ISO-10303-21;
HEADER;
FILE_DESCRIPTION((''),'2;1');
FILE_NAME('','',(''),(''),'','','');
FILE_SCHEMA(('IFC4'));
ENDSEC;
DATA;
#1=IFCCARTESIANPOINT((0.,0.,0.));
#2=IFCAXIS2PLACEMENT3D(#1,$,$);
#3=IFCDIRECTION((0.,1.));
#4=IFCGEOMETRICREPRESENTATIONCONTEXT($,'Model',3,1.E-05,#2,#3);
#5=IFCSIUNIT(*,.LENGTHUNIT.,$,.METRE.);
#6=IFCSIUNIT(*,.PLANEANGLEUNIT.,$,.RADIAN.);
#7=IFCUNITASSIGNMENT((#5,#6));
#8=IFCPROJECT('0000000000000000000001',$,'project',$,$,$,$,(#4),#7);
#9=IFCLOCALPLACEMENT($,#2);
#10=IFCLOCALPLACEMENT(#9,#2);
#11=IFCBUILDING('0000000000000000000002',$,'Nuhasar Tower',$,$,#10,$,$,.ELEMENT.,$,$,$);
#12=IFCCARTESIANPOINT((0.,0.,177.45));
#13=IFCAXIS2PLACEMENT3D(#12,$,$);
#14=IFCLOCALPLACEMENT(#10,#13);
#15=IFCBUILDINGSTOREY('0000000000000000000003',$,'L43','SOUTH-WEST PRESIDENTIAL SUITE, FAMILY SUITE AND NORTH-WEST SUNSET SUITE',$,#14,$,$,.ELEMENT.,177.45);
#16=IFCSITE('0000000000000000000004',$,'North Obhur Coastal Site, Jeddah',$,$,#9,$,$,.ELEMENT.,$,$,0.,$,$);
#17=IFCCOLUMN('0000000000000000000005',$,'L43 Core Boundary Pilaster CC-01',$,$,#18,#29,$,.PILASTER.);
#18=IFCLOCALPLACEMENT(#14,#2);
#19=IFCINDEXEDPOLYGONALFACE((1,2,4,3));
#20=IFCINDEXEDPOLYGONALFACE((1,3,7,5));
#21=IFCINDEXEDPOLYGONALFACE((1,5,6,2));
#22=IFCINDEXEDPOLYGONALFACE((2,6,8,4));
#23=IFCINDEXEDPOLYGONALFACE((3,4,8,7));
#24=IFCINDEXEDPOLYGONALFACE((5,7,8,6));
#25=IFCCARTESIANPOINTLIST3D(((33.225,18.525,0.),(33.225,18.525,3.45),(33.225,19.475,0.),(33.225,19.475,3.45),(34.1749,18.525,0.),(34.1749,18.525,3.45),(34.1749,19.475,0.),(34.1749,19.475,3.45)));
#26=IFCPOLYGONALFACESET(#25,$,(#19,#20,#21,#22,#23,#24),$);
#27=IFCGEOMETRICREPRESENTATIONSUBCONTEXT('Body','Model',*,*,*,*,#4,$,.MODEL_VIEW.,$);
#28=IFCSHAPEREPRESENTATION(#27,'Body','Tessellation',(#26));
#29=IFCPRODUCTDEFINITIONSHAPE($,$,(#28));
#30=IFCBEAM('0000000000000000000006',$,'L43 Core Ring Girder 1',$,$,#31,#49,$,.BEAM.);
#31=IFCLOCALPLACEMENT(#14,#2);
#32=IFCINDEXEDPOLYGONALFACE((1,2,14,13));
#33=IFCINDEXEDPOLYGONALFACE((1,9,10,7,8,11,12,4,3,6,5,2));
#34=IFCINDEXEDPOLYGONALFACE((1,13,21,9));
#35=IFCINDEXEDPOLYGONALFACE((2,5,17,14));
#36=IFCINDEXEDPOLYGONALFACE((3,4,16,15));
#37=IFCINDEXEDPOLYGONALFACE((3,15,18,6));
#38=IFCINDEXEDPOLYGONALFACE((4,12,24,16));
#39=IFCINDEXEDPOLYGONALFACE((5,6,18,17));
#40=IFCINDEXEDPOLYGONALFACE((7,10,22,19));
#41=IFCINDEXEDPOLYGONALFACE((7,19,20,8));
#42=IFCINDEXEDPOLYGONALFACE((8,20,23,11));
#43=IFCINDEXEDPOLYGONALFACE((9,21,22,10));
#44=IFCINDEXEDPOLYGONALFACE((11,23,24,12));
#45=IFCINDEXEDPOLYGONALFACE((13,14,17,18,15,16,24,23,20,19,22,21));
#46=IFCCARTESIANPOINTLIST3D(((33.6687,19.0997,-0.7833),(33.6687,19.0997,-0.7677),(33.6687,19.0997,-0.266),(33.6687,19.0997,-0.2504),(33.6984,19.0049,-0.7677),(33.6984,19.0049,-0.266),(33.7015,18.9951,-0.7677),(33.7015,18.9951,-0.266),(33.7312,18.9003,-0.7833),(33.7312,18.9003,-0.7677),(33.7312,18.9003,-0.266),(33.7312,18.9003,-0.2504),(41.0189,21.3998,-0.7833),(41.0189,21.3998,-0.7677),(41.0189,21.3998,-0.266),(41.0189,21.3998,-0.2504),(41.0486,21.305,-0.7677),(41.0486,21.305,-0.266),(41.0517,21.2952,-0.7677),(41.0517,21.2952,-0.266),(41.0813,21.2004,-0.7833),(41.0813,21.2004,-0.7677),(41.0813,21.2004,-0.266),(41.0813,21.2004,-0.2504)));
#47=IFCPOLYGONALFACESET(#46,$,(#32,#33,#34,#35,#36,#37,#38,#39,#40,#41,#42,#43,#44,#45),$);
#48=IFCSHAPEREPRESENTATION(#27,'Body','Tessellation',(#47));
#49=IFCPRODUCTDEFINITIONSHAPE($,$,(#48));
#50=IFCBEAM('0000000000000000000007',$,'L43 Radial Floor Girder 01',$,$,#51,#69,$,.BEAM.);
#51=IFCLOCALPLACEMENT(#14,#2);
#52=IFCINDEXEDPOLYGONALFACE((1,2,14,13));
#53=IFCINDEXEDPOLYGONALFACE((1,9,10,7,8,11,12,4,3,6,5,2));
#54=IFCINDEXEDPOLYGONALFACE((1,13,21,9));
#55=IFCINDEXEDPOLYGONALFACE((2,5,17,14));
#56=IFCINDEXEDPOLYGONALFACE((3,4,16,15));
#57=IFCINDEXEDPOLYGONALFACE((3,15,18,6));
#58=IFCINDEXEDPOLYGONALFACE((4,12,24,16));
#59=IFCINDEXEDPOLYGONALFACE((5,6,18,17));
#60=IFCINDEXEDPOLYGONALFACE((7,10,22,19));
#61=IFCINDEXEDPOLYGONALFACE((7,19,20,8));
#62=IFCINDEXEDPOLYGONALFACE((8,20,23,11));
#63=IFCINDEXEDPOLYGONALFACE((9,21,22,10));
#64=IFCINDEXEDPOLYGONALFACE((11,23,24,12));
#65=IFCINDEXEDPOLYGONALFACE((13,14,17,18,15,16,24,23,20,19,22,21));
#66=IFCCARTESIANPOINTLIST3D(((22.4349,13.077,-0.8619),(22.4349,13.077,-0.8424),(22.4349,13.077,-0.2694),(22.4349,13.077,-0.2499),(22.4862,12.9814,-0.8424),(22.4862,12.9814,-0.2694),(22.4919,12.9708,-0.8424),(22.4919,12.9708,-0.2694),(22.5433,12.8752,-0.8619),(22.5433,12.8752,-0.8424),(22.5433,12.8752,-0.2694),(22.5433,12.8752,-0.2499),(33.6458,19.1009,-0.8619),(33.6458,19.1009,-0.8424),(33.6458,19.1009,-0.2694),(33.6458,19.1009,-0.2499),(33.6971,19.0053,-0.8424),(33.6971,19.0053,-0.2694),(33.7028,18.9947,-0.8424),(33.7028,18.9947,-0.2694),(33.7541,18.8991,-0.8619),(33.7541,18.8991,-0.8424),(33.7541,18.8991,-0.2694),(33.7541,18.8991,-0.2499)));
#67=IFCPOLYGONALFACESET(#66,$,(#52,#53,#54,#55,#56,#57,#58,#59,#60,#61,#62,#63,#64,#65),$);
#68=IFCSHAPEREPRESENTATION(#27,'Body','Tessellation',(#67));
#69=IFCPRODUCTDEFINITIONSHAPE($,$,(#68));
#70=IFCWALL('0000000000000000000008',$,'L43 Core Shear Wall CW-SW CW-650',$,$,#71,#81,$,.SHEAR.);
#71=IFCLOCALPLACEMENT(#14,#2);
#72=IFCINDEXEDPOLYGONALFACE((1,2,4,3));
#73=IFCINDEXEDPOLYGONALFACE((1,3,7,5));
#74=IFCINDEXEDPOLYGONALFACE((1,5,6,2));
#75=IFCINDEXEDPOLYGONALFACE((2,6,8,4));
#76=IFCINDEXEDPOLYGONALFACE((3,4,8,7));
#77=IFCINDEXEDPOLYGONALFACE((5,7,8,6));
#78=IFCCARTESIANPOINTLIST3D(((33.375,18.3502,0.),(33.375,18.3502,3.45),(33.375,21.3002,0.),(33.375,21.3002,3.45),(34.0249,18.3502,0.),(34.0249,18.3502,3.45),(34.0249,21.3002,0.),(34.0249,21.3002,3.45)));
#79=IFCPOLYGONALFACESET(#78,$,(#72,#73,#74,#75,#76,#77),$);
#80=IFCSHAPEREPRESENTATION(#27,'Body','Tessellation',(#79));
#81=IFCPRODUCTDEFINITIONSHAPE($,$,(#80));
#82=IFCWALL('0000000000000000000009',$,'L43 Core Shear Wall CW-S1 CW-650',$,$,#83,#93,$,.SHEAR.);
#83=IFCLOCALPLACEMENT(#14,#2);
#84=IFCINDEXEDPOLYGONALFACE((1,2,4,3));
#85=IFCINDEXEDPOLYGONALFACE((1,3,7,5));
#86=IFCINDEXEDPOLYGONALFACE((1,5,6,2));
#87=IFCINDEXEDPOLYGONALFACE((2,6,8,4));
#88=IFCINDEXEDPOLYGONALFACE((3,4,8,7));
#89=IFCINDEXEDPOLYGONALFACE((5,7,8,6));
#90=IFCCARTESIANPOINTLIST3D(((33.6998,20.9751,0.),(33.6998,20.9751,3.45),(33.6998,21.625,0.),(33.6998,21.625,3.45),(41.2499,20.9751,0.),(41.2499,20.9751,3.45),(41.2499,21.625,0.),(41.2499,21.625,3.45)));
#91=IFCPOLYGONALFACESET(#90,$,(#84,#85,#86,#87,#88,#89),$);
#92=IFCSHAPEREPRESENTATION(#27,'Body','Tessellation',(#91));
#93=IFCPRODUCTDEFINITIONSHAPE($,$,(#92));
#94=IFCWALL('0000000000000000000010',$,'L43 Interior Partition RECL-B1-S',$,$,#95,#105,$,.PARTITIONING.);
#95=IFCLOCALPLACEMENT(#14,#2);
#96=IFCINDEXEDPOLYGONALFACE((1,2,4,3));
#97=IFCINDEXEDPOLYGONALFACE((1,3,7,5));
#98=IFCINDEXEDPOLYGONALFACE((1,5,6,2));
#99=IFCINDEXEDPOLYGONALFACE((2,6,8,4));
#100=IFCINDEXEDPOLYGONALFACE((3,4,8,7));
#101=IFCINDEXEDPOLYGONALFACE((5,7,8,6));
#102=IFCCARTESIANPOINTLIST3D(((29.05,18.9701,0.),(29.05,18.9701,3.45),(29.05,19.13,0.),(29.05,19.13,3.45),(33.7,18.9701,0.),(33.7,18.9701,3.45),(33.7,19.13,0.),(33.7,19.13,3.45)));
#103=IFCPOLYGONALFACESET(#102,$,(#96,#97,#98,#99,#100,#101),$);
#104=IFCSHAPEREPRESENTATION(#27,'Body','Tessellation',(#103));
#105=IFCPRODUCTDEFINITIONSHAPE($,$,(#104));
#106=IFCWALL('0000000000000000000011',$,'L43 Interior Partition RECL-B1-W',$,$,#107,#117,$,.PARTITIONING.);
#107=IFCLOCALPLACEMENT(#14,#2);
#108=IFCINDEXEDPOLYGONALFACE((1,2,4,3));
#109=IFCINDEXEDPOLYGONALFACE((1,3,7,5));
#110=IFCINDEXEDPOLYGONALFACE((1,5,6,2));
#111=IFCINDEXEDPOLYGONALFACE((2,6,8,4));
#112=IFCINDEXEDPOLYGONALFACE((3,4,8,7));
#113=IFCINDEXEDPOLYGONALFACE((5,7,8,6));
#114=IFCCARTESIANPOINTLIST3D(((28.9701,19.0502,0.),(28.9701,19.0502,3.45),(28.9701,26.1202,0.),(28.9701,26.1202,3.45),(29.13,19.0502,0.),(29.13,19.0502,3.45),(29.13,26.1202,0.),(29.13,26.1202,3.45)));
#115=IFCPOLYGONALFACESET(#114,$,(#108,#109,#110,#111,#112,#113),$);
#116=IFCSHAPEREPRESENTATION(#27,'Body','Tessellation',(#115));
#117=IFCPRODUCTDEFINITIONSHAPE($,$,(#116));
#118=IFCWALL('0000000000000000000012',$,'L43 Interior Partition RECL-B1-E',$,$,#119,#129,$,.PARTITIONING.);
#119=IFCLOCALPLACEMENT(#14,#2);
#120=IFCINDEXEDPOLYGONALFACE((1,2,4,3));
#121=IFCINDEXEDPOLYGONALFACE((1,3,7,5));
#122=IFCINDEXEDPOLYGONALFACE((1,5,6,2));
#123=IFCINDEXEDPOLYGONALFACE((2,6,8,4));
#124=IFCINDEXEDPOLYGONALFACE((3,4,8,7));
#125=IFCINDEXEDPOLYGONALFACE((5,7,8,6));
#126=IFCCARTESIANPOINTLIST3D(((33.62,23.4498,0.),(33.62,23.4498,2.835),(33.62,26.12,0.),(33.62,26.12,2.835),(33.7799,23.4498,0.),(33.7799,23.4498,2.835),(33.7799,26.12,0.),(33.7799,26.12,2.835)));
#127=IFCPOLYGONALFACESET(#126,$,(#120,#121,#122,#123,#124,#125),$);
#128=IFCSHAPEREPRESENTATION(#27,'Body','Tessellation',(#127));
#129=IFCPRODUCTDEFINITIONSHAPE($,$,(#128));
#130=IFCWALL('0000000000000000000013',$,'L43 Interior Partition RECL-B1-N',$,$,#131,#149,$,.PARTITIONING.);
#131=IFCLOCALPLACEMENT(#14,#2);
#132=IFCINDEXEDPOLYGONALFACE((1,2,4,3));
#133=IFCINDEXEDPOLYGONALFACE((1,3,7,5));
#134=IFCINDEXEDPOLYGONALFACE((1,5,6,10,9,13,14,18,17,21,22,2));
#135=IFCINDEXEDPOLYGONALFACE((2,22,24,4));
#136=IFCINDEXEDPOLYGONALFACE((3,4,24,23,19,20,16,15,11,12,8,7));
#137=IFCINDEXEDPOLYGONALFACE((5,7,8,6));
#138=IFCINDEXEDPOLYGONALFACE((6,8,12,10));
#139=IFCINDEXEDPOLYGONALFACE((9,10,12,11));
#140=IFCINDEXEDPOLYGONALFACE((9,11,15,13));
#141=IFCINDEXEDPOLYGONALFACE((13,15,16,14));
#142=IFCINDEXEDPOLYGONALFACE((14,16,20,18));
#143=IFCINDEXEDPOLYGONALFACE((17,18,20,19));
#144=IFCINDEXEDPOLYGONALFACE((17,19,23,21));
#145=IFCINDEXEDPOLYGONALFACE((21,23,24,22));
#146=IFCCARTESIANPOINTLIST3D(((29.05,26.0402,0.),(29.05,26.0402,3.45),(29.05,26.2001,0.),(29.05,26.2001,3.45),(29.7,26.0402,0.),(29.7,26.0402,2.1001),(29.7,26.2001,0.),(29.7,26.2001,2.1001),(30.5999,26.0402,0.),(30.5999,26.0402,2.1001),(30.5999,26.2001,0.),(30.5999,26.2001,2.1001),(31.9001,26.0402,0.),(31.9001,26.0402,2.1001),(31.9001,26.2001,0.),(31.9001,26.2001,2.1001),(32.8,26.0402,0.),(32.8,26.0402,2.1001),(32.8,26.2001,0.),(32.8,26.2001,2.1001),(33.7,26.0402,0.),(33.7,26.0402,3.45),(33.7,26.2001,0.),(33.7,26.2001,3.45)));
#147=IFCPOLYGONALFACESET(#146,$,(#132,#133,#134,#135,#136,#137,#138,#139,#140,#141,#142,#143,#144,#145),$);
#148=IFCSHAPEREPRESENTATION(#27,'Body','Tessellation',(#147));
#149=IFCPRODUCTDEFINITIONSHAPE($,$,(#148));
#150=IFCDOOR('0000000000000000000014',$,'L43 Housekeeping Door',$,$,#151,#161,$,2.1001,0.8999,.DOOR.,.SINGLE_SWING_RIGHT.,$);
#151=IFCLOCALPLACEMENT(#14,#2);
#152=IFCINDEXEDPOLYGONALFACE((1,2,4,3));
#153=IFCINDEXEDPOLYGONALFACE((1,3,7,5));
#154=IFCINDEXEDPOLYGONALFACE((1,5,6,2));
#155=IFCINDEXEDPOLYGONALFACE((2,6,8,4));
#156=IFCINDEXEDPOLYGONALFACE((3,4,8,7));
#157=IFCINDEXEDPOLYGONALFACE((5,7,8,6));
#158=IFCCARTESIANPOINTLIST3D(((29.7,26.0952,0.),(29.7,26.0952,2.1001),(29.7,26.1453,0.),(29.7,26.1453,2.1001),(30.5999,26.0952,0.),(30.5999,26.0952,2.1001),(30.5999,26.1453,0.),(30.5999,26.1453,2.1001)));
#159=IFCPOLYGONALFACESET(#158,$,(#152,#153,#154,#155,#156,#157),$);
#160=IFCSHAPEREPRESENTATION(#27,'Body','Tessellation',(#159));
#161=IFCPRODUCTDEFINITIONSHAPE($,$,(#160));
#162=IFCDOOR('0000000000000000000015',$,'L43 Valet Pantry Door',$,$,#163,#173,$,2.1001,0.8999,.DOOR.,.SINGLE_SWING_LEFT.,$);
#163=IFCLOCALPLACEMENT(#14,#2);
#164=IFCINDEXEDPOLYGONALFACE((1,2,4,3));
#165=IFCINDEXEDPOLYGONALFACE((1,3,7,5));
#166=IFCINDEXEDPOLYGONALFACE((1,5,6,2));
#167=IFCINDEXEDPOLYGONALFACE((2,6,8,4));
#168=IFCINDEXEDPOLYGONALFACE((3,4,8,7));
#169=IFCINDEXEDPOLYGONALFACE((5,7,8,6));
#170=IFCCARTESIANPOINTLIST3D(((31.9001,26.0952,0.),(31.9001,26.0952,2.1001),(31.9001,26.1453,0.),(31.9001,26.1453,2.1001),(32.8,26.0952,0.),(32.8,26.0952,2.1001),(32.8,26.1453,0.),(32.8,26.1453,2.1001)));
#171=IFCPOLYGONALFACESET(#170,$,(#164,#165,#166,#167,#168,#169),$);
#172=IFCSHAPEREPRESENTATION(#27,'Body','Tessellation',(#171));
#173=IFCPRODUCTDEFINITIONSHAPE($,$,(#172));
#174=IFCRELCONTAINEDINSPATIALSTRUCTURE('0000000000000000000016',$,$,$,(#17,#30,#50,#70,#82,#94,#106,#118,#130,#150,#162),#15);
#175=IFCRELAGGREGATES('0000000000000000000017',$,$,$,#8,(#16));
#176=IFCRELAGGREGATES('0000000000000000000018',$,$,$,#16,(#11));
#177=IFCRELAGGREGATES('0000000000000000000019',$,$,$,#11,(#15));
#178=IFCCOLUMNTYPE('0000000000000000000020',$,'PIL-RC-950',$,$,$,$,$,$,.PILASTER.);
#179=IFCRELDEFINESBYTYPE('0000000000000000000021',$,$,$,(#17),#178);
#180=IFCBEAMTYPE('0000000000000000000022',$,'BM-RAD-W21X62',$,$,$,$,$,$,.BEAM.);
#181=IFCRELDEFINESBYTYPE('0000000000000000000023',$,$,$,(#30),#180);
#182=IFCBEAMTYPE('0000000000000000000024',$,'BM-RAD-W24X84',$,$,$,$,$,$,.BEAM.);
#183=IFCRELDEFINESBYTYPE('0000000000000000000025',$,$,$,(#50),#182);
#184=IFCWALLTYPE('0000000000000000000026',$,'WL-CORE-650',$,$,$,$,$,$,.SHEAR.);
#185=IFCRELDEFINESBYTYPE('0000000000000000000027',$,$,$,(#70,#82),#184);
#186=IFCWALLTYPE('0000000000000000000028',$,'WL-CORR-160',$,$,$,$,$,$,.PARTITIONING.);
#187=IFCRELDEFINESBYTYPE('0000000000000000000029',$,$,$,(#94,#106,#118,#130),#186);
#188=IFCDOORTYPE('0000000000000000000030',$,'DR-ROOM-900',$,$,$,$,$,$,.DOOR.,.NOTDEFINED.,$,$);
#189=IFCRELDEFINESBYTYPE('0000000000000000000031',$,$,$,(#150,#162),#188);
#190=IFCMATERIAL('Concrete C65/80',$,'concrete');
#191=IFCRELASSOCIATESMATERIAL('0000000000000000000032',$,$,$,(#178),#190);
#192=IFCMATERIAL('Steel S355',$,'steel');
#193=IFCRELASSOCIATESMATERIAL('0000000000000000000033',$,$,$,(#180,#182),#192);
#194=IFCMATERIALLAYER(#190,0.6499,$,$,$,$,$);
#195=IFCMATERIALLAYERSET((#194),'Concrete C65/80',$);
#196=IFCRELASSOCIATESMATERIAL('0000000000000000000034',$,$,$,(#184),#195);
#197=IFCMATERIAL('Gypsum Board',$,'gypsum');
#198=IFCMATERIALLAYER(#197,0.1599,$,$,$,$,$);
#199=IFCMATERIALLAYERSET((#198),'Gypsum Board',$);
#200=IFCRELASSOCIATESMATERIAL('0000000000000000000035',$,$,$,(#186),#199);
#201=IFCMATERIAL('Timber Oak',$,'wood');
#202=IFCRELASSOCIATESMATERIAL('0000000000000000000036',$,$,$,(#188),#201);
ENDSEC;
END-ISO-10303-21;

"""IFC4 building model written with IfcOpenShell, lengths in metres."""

from ifc_helpers import new_model, si_unit, direction, frame, frame_2d, origin, origin_2d, place, context, subcontext, project, spatial, rectangle, i_section, extrude, material, layer, layer_set, material_profile, profile_set, type_object, element, fill, save


model = new_model("IFC4")

# Units and contexts
model_context = context("Model", 3, precision=1e-05, world=origin(), true_north=direction((0.0, 1.0)))
body_context = subcontext(model_context, "Body", "Model", "MODEL_VIEW")
ifc_project = project(units=[si_unit("LENGTHUNIT", "METRE"), si_unit("PLANEANGLEUNIT", "RADIAN")], contexts=[model_context])

# Site, building, storey
site_placement = place(None, origin())
site = spatial("IfcSite", under=ifc_project, at=site_placement, Name="North Obhur Coastal Site, Jeddah", CompositionType="ELEMENT", RefElevation=0.0)
building_placement = place(site_placement, origin())
building = spatial("IfcBuilding", under=site, at=building_placement, Name="Nuhasar Tower", CompositionType="ELEMENT")
storey_placement = place(building_placement, frame((0.0, 0.0, 177.45)))
storey = spatial("IfcBuildingStorey", under=building, at=storey_placement, Name="L43", Description="SOUTH-WEST PRESIDENTIAL SUITE, FAMILY SUITE AND NORTH-WEST SUNSET SUITE", CompositionType="ELEMENT", Elevation=177.45)

# Column
ifc_material_1 = material(Name="Concrete C65/80", Category="concrete")
ifc_material_profile_1 = material_profile(ifc_material_1, rectangle(XDim=0.95, YDim=0.95, at=origin_2d()), Name="RC950X950")
ifc_profile_set_1 = profile_set([ifc_material_profile_1], Name="Concrete C65/80")
column_type = type_object("IfcColumnType", Name="PIL-RC-950", PredefinedType="PILASTER", material=ifc_profile_set_1)
column_placement = place(storey_placement, frame((33.7, 19.0, 0.0), z_axis=(0.0, 0.0, 1.0), x_axis=(1.0, 0.0, 0.0)))
element("IfcColumn", 1, at=column_placement, inside=storey, type_object=column_type, Name="L43 Core Boundary Pilaster CC-01", PredefinedType="PILASTER", context=body_context, shape_type="SweptSolid", body=[
    extrude(rectangle(XDim=0.95, YDim=0.95, at=origin_2d()), origin(), (0.0, 0.0, 1.0), 3.45),
])

# Beams
ifc_material_2 = material(Name="Steel S355", Category="steel")
ifc_material_profile_2 = material_profile(ifc_material_2, i_section(OverallWidth=0.209, OverallDepth=0.533, WebThickness=0.0103, FlangeThickness=0.0156, at=origin_2d()), Name="W21X62")
ifc_profile_set_2 = profile_set([ifc_material_profile_2], Name="Steel S355")
beam_type_1 = type_object("IfcBeamType", Name="BM-RAD-W21X62", PredefinedType="BEAM", material=ifc_profile_set_2)
beam_1_placement = place(storey_placement, frame((33.7, 19.0, -0.5168), z_axis=(0.954364, 0.298647, 0.0), x_axis=(-0.298647, 0.954364, 0.0)))
element("IfcBeam", 2, at=beam_1_placement, inside=storey, type_object=beam_type_1, Name="L43 Core Ring Girder 1", PredefinedType="BEAM", context=body_context, shape_type="SweptSolid", body=[
    extrude(i_section(OverallWidth=0.209, OverallDepth=0.533, WebThickness=0.0103, FlangeThickness=0.0156, at=origin_2d()), origin(), (0.0, 0.0, 1.0), 7.7017),
])
ifc_material_profile_3 = material_profile(ifc_material_2, i_section(OverallWidth=0.229, OverallDepth=0.6121, WebThickness=0.012, FlangeThickness=0.0195, at=origin_2d()), Name="W24X84")
ifc_profile_set_3 = profile_set([ifc_material_profile_3], Name="Steel S355")
beam_type_2 = type_object("IfcBeamType", Name="BM-RAD-W24X84", PredefinedType="BEAM", material=ifc_profile_set_3)
beam_2_placement = place(storey_placement, frame((33.7, 19.0, -0.5559), z_axis=(-0.880888, -0.473324, 0.0), x_axis=(0.473324, -0.880888, 0.0)))
element("IfcBeam", 3, at=beam_2_placement, inside=storey, type_object=beam_type_2, Name="L43 Radial Floor Girder 01", PredefinedType="BEAM", context=body_context, shape_type="SweptSolid", body=[
    extrude(i_section(OverallWidth=0.229, OverallDepth=0.6121, WebThickness=0.012, FlangeThickness=0.0195, at=origin_2d()), origin(), (0.0, 0.0, 1.0), 12.7268),
])

# Walls
ifc_layer_1 = layer(ifc_material_1, 0.6499)
ifc_layer_set_1 = layer_set([ifc_layer_1], Name="Concrete C65/80")
wall_type_1 = type_object("IfcWallType", Name="WL-CORE-650", PredefinedType="SHEAR", material=ifc_layer_set_1)
wall_1_placement = place(storey_placement, frame((33.7, 18.3501, 0.0), z_axis=(0.0, 0.0, 1.0), x_axis=(0.0, 1.0, 0.0)))
element("IfcWall", 4, at=wall_1_placement, inside=storey, type_object=wall_type_1, Name="L43 Core Shear Wall CW-SW CW-650", PredefinedType="SHEAR", context=body_context, shape_type="SweptSolid", body=[
    extrude(rectangle(XDim=2.95, YDim=0.6499, at=frame_2d((1.4751, 0.0))), origin(), (0.0, 0.0, 1.0), 3.45),
])
wall_2_placement = place(storey_placement, frame((33.7, 21.3, 0.0), z_axis=(0.0, 0.0, 1.0), x_axis=(1.0, 0.0, 0.0)))
element("IfcWall", 5, at=wall_2_placement, inside=storey, type_object=wall_type_1, Name="L43 Core Shear Wall CW-S1 CW-650", PredefinedType="SHEAR", context=body_context, shape_type="SweptSolid", body=[
    extrude(rectangle(XDim=7.55, YDim=0.6499, at=frame_2d((3.7749, 0.0))), origin(), (0.0, 0.0, 1.0), 3.45),
])
ifc_material_3 = material(Name="Gypsum Board", Category="gypsum")
ifc_layer_2 = layer(ifc_material_3, 0.1599)
ifc_layer_set_2 = layer_set([ifc_layer_2], Name="Gypsum Board")
wall_type_2 = type_object("IfcWallType", Name="WL-CORR-160", PredefinedType="PARTITIONING", material=ifc_layer_set_2)
wall_3_placement = place(storey_placement, frame((29.05, 19.05, 0.0), z_axis=(0.0, 0.0, 1.0), x_axis=(1.0, 0.0, 0.0)))
element("IfcWall", 6, at=wall_3_placement, inside=storey, type_object=wall_type_2, Name="L43 Interior Partition RECL-B1-S", PredefinedType="PARTITIONING", context=body_context, shape_type="SweptSolid", body=[
    extrude(rectangle(XDim=4.6499, YDim=0.1599, at=frame_2d((2.325, 0.0))), origin(), (0.0, 0.0, 1.0), 3.45),
])
wall_4_placement = place(storey_placement, frame((29.05, 19.05, 0.0), z_axis=(0.0, 0.0, 1.0), x_axis=(0.0, 1.0, 0.0)))
element("IfcWall", 7, at=wall_4_placement, inside=storey, type_object=wall_type_2, Name="L43 Interior Partition RECL-B1-W", PredefinedType="PARTITIONING", context=body_context, shape_type="SweptSolid", body=[
    extrude(rectangle(XDim=7.0701, YDim=0.1599, at=frame_2d((3.5352, 0.0))), origin(), (0.0, 0.0, 1.0), 3.45),
])
wall_5_placement = place(storey_placement, frame((33.7, 23.45, 0.0), z_axis=(0.0, 0.0, 1.0), x_axis=(0.0, 1.0, 0.0)))
element("IfcWall", 8, at=wall_5_placement, inside=storey, type_object=wall_type_2, Name="L43 Interior Partition RECL-B1-E", PredefinedType="PARTITIONING", context=body_context, shape_type="SweptSolid", body=[
    extrude(rectangle(XDim=2.6702, YDim=0.1599, at=frame_2d((1.335, 0.0))), origin(), (0.0, 0.0, 1.0), 2.835),
])

# Wall, openings, doors
wall_6_placement = place(storey_placement, frame((33.7, 26.1201, 0.0), z_axis=(0.0, 0.0, 1.0), x_axis=(-1.0, 0.0, 0.0)))
wall_6 = element("IfcWall", 9, at=wall_6_placement, inside=storey, type_object=wall_type_2, Name="L43 Interior Partition RECL-B1-N", PredefinedType="PARTITIONING", context=body_context, shape_type="SweptSolid", body=[
    extrude(rectangle(XDim=4.6499, YDim=0.1599, at=frame_2d((2.325, 0.0))), origin(), (0.0, 0.0, 1.0), 3.45),
])
opening_1_placement = place(wall_6_placement, frame((3.1001, 0.0, 0.0)))
opening_1 = element("IfcOpeningElement", 10, at=opening_1_placement, cuts=wall_6, PredefinedType="OPENING", context=body_context, shape_type="SweptSolid", body=[
    extrude(rectangle(XDim=0.8999, YDim=2.1001, at=frame_2d((0.45, 1.05))), frame((0.0, 0.0898, 0.0), z_axis=(0.0, -1.0, 0.0), x_axis=(1.0, 0.0, 0.0)), (0.0, 0.0, 1.0), 0.1799),
])
opening_2_placement = place(wall_6_placement, frame((0.8999, 0.0, 0.0)))
opening_2 = element("IfcOpeningElement", 11, at=opening_2_placement, cuts=wall_6, PredefinedType="OPENING", context=body_context, shape_type="SweptSolid", body=[
    extrude(rectangle(XDim=0.8999, YDim=2.1001, at=frame_2d((0.45, 1.05))), frame((0.0, 0.0898, 0.0), z_axis=(0.0, -1.0, 0.0), x_axis=(1.0, 0.0, 0.0)), (0.0, 0.0, 1.0), 0.1799),
])
ifc_material_4 = material(Name="Timber Oak", Category="wood")
door_type_1 = type_object("IfcDoorType", Name="DR-ROOM-900", OperationType="NOTDEFINED", PredefinedType="DOOR", material=ifc_material_4)
door_1_placement = place(opening_1_placement, origin())
door_1 = element("IfcDoor", 12, at=door_1_placement, inside=storey, type_object=door_type_1, Name="L43 Housekeeping Door", OperationType="SINGLE_SWING_RIGHT", OverallHeight=2.1001, OverallWidth=0.8999, PredefinedType="DOOR", context=body_context, shape_type="SweptSolid", body=[
    extrude(rectangle(XDim=0.8999, YDim=2.1001, at=frame_2d((0.45, 1.05))), frame((0.0, 0.0249, 0.0), z_axis=(0.0, -1.0, 0.0), x_axis=(1.0, 0.0, 0.0)), (0.0, 0.0, 1.0), 0.05),
])
fill(opening_1, door_1)
door_2_placement = place(opening_2_placement, origin())
door_2 = element("IfcDoor", 13, at=door_2_placement, inside=storey, type_object=door_type_1, Name="L43 Valet Pantry Door", OperationType="SINGLE_SWING_LEFT", OverallHeight=2.1001, OverallWidth=0.8999, PredefinedType="DOOR", context=body_context, shape_type="SweptSolid", body=[
    extrude(rectangle(XDim=0.8999, YDim=2.1001, at=frame_2d((0.45, 1.05))), frame((0.0, 0.0249, 0.0), z_axis=(0.0, -1.0, 0.0), x_axis=(1.0, 0.0, 0.0)), (0.0, 0.0, 1.0), 0.05),
])
fill(opening_2, door_2)

save(model, "model.ifc")
